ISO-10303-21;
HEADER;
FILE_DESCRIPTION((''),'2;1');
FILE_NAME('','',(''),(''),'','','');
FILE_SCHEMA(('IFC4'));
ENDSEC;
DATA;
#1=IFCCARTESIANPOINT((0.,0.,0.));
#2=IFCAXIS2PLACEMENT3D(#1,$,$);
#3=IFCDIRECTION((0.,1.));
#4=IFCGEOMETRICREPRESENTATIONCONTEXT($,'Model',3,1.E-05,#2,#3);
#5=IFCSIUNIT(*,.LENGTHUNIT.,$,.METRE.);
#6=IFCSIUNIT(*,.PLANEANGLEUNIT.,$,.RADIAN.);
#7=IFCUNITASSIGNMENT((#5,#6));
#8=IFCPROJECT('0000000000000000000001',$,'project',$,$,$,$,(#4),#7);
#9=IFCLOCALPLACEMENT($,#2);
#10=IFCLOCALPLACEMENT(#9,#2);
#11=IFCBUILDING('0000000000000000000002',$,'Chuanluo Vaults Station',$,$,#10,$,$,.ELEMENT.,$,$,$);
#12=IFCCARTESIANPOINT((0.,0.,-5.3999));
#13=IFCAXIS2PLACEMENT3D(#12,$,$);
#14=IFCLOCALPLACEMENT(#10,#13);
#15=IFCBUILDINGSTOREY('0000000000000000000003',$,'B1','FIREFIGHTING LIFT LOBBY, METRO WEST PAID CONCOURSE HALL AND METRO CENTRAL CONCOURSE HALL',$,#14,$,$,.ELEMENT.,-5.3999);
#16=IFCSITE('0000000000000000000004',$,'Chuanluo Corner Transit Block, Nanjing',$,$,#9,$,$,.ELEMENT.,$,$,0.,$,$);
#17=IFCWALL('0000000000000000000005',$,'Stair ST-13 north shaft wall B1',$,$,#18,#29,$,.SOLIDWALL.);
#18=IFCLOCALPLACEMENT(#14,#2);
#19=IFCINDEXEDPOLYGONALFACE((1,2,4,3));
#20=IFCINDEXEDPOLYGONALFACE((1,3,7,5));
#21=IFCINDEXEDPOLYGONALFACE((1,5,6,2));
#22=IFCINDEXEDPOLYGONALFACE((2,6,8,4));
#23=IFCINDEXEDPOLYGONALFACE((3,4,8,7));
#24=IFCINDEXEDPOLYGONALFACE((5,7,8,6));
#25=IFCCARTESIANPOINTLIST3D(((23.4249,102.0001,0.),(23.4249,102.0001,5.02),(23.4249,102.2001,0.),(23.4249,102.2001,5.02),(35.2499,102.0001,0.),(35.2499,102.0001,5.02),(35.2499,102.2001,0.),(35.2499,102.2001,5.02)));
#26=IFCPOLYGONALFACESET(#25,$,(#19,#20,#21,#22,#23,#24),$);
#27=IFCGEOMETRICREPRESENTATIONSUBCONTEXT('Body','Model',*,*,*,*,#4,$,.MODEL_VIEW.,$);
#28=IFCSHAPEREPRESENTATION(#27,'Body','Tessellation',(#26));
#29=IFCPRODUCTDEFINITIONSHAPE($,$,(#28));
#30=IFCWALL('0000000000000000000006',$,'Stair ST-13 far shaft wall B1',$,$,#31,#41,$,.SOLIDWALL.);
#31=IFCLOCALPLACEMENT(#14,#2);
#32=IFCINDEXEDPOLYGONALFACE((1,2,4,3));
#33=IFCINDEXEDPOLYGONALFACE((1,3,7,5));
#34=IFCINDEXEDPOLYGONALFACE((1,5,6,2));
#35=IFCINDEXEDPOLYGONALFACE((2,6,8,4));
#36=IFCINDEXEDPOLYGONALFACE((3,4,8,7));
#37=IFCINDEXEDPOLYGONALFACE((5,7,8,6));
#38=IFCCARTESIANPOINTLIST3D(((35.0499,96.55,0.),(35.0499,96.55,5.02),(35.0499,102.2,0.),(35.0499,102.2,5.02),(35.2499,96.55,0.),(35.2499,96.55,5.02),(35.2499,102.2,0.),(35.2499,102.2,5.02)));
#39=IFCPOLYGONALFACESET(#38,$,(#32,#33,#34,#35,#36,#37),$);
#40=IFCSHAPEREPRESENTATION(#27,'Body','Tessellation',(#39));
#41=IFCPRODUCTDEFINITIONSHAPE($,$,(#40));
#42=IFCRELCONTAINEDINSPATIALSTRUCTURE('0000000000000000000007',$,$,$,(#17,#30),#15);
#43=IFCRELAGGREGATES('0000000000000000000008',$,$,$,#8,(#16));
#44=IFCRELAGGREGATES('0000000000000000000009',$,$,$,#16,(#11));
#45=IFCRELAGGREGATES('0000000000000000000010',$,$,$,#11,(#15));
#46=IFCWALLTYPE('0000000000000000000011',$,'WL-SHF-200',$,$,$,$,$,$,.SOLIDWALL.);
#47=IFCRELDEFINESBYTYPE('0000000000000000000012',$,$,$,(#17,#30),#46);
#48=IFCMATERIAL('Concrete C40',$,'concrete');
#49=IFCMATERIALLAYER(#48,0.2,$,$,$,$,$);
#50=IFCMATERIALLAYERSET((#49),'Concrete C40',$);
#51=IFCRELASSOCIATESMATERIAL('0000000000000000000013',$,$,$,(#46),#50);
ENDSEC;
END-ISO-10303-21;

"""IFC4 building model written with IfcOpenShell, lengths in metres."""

from ifc_helpers import new_model, si_unit, direction, frame, frame_2d, origin, place, context, subcontext, project, spatial, rectangle, extrude, material, layer, layer_set, type_object, element, save


model = new_model("IFC4")

# Units and contexts
model_context = context("Model", 3, precision=1e-05, world=origin(), true_north=direction((0.0, 1.0)))
body_context = subcontext(model_context, "Body", "Model", "MODEL_VIEW")
ifc_project = project(units=[si_unit("LENGTHUNIT", "METRE"), si_unit("PLANEANGLEUNIT", "RADIAN")], contexts=[model_context])

# Site, building, storey
site_placement = place(None, origin())
site = spatial("IfcSite", under=ifc_project, at=site_placement, Name="Chuanluo Corner Transit Block, Nanjing", CompositionType="ELEMENT", RefElevation=0.0)
building_placement = place(site_placement, origin())
building = spatial("IfcBuilding", under=site, at=building_placement, Name="Chuanluo Vaults Station", CompositionType="ELEMENT")
storey_placement = place(building_placement, frame((0.0, 0.0, -5.3999)))
storey = spatial("IfcBuildingStorey", under=building, at=storey_placement, Name="B1", Description="FIREFIGHTING LIFT LOBBY, METRO WEST PAID CONCOURSE HALL AND METRO CENTRAL CONCOURSE HALL", CompositionType="ELEMENT", Elevation=-5.3999)

# Walls
ifc_material_1 = material(Name="Concrete C40", Category="concrete")
ifc_layer = layer(ifc_material_1, 0.2)
ifc_layer_set = layer_set([ifc_layer], Name="Concrete C40")
wall_type = type_object("IfcWallType", Name="WL-SHF-200", PredefinedType="SOLIDWALL", material=ifc_layer_set)
for number, where, z_axis, x_axis, name in (
    (1, (35.25, 102.1001, 0.0), (0.0, 0.0, 1.0), (-1.0, 0.0, 0.0), "Stair ST-13 north shaft wall B1"),
):
    element("IfcWall", number, at=place(storey_placement, frame(where, z_axis=z_axis, x_axis=x_axis)), inside=storey, type_object=wall_type, Name=name, PredefinedType="SOLIDWALL", context=body_context, shape_type="SweptSolid", body=[
        extrude(rectangle(XDim=11.825, YDim=0.2, at=frame_2d((5.9126, 0.0))), origin(), (0.0, 0.0, 1.0), 5.02),
    ])
wall_placement = place(storey_placement, frame((35.1499, 96.55, 0.0), z_axis=(0.0, 0.0, 1.0), x_axis=(0.0, 1.0, 0.0)))
element("IfcWall", 2, at=wall_placement, inside=storey, type_object=wall_type, Name="Stair ST-13 far shaft wall B1", PredefinedType="SOLIDWALL", context=body_context, shape_type="SweptSolid", body=[
    extrude(rectangle(XDim=5.6499, YDim=0.2, at=frame_2d((2.825, 0.0))), origin(), (0.0, 0.0, 1.0), 5.02),
])

save(model, "model.ifc")
